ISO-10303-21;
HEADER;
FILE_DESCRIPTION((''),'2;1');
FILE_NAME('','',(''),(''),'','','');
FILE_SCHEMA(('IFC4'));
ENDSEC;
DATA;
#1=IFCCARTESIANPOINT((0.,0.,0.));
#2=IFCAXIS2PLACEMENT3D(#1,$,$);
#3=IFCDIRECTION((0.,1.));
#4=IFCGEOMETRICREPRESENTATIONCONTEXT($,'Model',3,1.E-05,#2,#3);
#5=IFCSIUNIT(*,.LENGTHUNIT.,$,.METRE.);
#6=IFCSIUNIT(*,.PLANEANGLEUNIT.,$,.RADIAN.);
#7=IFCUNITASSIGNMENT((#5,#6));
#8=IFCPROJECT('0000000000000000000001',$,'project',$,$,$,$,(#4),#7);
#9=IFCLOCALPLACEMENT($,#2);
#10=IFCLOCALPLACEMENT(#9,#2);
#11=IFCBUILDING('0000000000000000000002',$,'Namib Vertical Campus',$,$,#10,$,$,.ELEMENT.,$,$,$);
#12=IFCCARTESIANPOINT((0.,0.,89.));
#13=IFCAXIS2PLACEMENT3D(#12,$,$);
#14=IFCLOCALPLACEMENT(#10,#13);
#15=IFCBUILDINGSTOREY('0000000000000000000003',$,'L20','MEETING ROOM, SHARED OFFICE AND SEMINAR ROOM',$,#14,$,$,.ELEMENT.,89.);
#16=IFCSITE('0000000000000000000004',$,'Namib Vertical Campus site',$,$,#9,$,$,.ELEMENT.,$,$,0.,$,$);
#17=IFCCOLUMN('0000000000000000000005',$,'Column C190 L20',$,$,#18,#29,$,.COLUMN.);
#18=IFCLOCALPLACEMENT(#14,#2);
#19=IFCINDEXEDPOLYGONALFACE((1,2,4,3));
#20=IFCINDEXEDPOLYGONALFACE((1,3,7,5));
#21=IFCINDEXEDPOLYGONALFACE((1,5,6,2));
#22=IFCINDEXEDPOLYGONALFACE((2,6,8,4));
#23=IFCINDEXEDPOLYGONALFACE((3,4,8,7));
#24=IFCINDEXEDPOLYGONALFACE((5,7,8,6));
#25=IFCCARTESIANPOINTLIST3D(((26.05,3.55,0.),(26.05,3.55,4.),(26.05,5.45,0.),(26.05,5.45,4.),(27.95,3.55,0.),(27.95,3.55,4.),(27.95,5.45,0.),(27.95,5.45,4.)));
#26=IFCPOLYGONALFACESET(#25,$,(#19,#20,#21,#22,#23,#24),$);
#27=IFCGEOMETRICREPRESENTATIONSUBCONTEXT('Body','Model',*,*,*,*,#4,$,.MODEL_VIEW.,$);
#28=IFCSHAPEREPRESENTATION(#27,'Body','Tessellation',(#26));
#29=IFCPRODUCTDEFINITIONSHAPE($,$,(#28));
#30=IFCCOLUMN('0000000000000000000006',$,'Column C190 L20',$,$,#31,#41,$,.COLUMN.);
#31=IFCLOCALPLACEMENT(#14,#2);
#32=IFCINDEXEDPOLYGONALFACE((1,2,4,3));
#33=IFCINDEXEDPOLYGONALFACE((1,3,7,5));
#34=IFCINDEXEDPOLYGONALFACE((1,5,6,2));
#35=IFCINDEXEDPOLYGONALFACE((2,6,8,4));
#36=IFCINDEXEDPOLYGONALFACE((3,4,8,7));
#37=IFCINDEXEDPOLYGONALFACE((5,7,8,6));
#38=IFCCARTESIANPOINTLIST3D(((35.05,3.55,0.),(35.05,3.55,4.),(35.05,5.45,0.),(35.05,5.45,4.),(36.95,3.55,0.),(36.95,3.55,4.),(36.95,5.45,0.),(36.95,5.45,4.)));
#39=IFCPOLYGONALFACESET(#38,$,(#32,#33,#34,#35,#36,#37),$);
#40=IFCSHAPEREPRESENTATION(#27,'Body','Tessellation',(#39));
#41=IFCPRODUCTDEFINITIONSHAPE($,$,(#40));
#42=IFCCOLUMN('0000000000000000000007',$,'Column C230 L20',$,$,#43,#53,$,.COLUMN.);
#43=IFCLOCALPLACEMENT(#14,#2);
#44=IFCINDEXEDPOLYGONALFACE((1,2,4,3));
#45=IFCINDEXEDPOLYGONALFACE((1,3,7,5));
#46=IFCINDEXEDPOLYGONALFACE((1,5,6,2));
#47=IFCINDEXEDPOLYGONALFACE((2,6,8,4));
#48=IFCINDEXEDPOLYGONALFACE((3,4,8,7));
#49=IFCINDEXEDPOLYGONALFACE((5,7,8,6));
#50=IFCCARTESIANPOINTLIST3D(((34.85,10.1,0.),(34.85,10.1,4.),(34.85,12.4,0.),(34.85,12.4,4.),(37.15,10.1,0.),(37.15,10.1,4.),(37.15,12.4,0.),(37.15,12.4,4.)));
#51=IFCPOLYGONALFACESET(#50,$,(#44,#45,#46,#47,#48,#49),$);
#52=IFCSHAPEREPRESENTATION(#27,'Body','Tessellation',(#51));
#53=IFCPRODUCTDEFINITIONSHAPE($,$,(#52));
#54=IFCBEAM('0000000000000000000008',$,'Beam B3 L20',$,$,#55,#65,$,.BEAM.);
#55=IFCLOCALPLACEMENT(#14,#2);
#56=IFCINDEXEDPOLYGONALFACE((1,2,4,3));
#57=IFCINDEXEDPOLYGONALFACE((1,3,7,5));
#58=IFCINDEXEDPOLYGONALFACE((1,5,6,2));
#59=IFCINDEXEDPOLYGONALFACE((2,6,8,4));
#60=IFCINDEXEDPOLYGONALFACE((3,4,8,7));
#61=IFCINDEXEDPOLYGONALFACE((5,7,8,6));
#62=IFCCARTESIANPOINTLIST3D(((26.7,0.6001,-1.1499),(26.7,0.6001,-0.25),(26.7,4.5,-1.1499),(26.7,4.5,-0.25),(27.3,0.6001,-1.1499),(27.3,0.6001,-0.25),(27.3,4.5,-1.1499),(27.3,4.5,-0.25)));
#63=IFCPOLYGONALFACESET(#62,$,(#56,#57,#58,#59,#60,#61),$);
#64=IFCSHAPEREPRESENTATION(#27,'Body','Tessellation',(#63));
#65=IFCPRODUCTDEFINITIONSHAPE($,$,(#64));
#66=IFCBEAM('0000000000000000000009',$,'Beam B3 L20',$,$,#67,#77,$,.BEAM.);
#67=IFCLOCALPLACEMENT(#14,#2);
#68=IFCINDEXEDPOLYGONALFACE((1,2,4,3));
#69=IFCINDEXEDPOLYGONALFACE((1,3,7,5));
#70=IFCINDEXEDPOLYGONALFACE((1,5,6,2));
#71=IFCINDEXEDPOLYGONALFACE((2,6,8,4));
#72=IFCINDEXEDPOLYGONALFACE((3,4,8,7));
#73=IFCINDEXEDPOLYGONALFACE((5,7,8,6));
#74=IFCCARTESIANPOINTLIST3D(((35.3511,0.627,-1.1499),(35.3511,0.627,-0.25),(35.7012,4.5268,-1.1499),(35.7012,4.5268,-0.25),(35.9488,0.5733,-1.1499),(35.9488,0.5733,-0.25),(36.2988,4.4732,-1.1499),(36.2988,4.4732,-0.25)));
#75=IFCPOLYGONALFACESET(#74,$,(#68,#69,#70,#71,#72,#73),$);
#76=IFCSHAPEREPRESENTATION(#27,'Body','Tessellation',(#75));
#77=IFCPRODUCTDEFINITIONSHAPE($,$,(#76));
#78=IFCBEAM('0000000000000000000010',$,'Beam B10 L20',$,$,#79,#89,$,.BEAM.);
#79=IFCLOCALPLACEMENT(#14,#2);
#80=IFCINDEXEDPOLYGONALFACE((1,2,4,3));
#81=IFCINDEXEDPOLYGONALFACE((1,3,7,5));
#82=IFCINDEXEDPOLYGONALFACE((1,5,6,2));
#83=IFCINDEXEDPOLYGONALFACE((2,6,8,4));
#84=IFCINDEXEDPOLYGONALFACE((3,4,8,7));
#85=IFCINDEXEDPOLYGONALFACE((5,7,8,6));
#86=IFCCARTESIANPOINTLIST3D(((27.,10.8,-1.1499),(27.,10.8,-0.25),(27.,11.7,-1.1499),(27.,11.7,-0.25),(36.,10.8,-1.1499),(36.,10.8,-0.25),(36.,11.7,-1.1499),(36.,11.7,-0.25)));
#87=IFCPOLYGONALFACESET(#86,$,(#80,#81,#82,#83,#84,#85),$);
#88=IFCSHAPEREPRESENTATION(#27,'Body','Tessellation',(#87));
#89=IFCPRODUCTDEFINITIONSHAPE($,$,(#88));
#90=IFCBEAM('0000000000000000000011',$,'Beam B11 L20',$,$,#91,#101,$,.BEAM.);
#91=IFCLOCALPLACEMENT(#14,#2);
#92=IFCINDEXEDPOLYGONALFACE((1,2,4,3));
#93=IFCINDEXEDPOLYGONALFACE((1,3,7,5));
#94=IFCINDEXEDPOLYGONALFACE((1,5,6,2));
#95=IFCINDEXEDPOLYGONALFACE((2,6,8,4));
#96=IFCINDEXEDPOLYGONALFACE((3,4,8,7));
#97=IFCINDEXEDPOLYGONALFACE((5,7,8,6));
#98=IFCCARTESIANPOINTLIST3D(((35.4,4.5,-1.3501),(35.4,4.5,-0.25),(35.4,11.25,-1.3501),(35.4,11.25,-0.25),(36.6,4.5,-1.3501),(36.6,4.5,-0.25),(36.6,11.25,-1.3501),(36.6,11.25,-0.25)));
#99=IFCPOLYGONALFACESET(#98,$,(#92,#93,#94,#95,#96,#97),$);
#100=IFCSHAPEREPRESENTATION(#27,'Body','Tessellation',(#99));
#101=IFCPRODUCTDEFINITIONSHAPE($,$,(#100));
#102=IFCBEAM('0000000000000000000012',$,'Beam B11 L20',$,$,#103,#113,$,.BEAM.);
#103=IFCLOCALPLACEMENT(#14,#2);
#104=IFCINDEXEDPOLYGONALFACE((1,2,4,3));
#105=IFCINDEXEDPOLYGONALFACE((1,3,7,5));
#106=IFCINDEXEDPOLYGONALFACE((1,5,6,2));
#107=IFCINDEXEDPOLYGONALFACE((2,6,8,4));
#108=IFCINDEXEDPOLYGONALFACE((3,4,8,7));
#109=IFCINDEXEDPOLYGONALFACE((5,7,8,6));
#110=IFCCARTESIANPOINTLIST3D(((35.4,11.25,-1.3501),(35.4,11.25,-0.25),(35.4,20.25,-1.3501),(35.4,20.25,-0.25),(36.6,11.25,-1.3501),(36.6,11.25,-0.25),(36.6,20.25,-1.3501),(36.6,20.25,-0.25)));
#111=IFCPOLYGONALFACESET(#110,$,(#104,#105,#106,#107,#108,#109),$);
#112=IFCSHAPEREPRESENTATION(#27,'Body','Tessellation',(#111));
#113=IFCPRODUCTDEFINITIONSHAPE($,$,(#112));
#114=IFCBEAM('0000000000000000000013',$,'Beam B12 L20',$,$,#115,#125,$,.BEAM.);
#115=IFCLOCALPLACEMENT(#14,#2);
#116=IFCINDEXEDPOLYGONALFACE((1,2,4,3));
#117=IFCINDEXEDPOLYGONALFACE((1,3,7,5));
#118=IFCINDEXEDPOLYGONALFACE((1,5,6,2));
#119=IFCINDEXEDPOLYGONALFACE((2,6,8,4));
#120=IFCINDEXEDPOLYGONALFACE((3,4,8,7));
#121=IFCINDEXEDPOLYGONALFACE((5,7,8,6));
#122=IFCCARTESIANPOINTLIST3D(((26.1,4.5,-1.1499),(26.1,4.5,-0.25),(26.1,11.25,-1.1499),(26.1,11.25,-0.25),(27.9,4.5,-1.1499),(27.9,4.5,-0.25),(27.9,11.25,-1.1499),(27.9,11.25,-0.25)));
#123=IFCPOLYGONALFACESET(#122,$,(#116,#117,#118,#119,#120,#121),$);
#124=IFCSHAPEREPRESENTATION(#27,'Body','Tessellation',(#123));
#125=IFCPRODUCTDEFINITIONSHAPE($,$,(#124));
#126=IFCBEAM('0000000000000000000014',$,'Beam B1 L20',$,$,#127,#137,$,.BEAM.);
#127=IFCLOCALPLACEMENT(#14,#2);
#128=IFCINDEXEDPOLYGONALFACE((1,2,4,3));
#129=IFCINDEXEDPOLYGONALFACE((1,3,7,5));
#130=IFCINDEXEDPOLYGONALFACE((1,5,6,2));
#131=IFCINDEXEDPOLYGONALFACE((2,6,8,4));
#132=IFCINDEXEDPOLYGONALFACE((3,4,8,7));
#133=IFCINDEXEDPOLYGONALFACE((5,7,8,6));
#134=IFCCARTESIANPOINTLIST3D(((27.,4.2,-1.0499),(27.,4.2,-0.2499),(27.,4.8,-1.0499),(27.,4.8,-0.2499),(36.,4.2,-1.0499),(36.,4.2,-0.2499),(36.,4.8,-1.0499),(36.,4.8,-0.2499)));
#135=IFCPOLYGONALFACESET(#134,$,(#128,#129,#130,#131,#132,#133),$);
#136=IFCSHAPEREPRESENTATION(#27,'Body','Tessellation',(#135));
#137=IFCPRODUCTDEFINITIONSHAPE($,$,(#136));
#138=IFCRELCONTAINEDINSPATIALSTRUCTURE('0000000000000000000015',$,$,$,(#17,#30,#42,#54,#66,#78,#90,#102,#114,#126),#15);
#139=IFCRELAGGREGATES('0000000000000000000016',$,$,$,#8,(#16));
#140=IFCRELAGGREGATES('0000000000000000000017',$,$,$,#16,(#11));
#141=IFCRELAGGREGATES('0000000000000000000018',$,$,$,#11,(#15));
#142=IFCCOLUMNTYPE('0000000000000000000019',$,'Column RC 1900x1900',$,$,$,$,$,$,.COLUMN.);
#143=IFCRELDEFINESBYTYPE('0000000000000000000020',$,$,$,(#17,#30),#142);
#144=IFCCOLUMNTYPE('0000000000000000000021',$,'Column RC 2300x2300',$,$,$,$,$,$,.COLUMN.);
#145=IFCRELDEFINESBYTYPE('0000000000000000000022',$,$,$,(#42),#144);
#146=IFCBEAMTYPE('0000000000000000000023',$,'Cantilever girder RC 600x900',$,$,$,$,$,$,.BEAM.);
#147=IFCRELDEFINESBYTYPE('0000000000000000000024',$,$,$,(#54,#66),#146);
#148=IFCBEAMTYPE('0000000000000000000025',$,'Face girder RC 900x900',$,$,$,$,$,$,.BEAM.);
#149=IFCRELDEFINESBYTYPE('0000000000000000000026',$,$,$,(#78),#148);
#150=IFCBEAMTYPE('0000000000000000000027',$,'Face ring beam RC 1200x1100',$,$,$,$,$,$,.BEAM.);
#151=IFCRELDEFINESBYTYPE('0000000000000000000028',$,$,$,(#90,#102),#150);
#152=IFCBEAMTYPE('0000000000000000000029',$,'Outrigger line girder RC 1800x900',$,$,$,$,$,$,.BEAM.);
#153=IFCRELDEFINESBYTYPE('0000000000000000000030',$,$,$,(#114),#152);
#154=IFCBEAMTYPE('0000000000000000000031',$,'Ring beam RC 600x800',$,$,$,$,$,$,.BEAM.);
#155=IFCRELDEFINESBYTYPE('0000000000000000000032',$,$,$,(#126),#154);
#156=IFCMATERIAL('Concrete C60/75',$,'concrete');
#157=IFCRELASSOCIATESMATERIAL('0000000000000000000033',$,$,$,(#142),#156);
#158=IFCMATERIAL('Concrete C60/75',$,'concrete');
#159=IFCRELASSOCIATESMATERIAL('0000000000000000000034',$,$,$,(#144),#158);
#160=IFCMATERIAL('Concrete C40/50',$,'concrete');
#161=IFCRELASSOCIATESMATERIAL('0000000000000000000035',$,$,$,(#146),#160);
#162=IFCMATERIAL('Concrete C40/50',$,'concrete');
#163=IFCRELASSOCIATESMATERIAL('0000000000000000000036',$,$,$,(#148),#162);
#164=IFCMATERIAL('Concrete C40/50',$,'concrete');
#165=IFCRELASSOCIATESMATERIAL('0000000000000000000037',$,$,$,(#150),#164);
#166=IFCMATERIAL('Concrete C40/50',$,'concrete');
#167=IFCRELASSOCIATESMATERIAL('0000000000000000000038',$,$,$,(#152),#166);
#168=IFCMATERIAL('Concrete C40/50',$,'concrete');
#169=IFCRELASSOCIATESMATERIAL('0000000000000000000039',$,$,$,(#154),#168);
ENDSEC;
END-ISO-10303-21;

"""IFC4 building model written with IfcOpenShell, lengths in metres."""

from ifc_helpers import new_model, si_unit, direction, frame, origin, origin_2d, place, context, subcontext, project, spatial, rectangle, extrude, material, material_profile, profile_set, type_object, element, save


model = new_model("IFC4")

# Units and contexts
model_context = context("Model", 3, precision=1e-05, world=origin(), true_north=direction((0.0, 1.0)))
body_context = subcontext(model_context, "Body", "Model", "MODEL_VIEW")
ifc_project = project(units=[si_unit("LENGTHUNIT", "METRE"), si_unit("PLANEANGLEUNIT", "RADIAN")], contexts=[model_context])

# Site, building, storey
site_placement = place(None, origin())
site = spatial("IfcSite", under=ifc_project, at=site_placement, Name="Namib Vertical Campus site", CompositionType="ELEMENT", RefElevation=0.0)
building_placement = place(site_placement, origin())
building = spatial("IfcBuilding", under=site, at=building_placement, Name="Namib Vertical Campus", CompositionType="ELEMENT")
storey_placement = place(building_placement, frame((0.0, 0.0, 89.0)))
storey = spatial("IfcBuildingStorey", under=building, at=storey_placement, Name="L20", Description="MEETING ROOM, SHARED OFFICE AND SEMINAR ROOM", CompositionType="ELEMENT", Elevation=89.0)

# Columns
ifc_material_1 = material(Name="Concrete C60/75", Category="concrete")
ifc_material_profile_1 = material_profile(ifc_material_1, rectangle(XDim=1.8999, YDim=1.8999, at=origin_2d()))
ifc_profile_set_1 = profile_set([ifc_material_profile_1], Name="Concrete C60/75")
column_type_1 = type_object("IfcColumnType", Name="Column RC 1900x1900", PredefinedType="COLUMN", material=ifc_profile_set_1)
for number, where, z_axis, x_axis, name in (
    (1, (27.0, 4.5, 0.0), (0.0, 0.0, 1.0), (1.0, 0.0, 0.0), "Column C190 L20"),
    (2, (36.0, 4.5, 0.0), (0.0, 0.0, 1.0), (1.0, 0.0, 0.0), "Column C190 L20"),
):
    element("IfcColumn", number, at=place(storey_placement, frame(where, z_axis=z_axis, x_axis=x_axis)), inside=storey, type_object=column_type_1, Name=name, PredefinedType="COLUMN", context=body_context, shape_type="SweptSolid", body=[
        extrude(rectangle(XDim=1.8999, YDim=1.8999, at=origin_2d()), origin(), (0.0, 0.0, 1.0), 4.0),
    ])
ifc_material_2 = material(Name="Concrete C60/75", Category="concrete")
ifc_material_profile_2 = material_profile(ifc_material_2, rectangle(XDim=2.3, YDim=2.3, at=origin_2d()))
ifc_profile_set_2 = profile_set([ifc_material_profile_2], Name="Concrete C60/75")
column_type_2 = type_object("IfcColumnType", Name="Column RC 2300x2300", PredefinedType="COLUMN", material=ifc_profile_set_2)
column_placement = place(storey_placement, frame((36.0, 11.25, 0.0), z_axis=(0.0, 0.0, 1.0), x_axis=(1.0, 0.0, 0.0)))
element("IfcColumn", 3, at=column_placement, inside=storey, type_object=column_type_2, Name="Column C230 L20", PredefinedType="COLUMN", context=body_context, shape_type="SweptSolid", body=[
    extrude(rectangle(XDim=2.3, YDim=2.3, at=origin_2d()), origin(), (0.0, 0.0, 1.0), 4.0),
])

# Beams
ifc_material_3 = material(Name="Concrete C40/50", Category="concrete")
ifc_material_profile_3 = material_profile(ifc_material_3, rectangle(XDim=0.6001, YDim=0.8999, at=origin_2d()))
ifc_profile_set_3 = profile_set([ifc_material_profile_3], Name="Concrete C40/50")
beam_type_1 = type_object("IfcBeamType", Name="Cantilever girder RC 600x900", PredefinedType="BEAM", material=ifc_profile_set_3)
beam_1_placement = place(storey_placement, frame((27.0, 4.5, -0.7), z_axis=(0.0, -1.0, 0.0), x_axis=(1.0, 0.0, 0.0)))
element("IfcBeam", 4, at=beam_1_placement, inside=storey, type_object=beam_type_1, Name="Beam B3 L20", PredefinedType="BEAM", context=body_context, shape_type="SweptSolid", body=[
    extrude(rectangle(XDim=0.6001, YDim=0.8999, at=origin_2d()), origin(), (0.0, 0.0, 1.0), 3.8999),
])
beam_2_placement = place(storey_placement, frame((36.0, 4.5, -0.7), z_axis=(-0.089411, -0.995995, 0.0), x_axis=(0.995995, -0.089411, 0.0)))
element("IfcBeam", 5, at=beam_2_placement, inside=storey, type_object=beam_type_1, Name="Beam B3 L20", PredefinedType="BEAM", context=body_context, shape_type="SweptSolid", body=[
    extrude(rectangle(XDim=0.6001, YDim=0.8999, at=origin_2d()), origin(), (0.0, 0.0, 1.0), 3.9155),
])
ifc_material_4 = material(Name="Concrete C40/50", Category="concrete")
ifc_material_profile_4 = material_profile(ifc_material_4, rectangle(XDim=0.8999, YDim=0.8999, at=origin_2d()))
ifc_profile_set_4 = profile_set([ifc_material_profile_4], Name="Concrete C40/50")
beam_type_2 = type_object("IfcBeamType", Name="Face girder RC 900x900", PredefinedType="BEAM", material=ifc_profile_set_4)
beam_3_placement = place(storey_placement, frame((36.0, 11.25, -0.7), z_axis=(-1.0, 0.0, 0.0), x_axis=(0.0, -1.0, 0.0)))
element("IfcBeam", 6, at=beam_3_placement, inside=storey, type_object=beam_type_2, Name="Beam B10 L20", PredefinedType="BEAM", context=body_context, shape_type="SweptSolid", body=[
    extrude(rectangle(XDim=0.8999, YDim=0.8999, at=origin_2d()), origin(), (0.0, 0.0, 1.0), 9.0),
])
ifc_material_5 = material(Name="Concrete C40/50", Category="concrete")
ifc_material_profile_5 = material_profile(ifc_material_5, rectangle(XDim=1.2, YDim=1.1001, at=origin_2d()))
ifc_profile_set_5 = profile_set([ifc_material_profile_5], Name="Concrete C40/50")
beam_type_3 = type_object("IfcBeamType", Name="Face ring beam RC 1200x1100", PredefinedType="BEAM", material=ifc_profile_set_5)
beam_4_placement = place(storey_placement, frame((36.0, 4.5, -0.8), z_axis=(0.0, 1.0, 0.0), x_axis=(-1.0, 0.0, 0.0)))
element("IfcBeam", 7, at=beam_4_placement, inside=storey, type_object=beam_type_3, Name="Beam B11 L20", PredefinedType="BEAM", context=body_context, shape_type="SweptSolid", body=[
    extrude(rectangle(XDim=1.2, YDim=1.1001, at=origin_2d()), origin(), (0.0, 0.0, 1.0), 6.75),
])
beam_5_placement = place(storey_placement, frame((36.0, 11.25, -0.8), z_axis=(0.0, 1.0, 0.0), x_axis=(-1.0, 0.0, 0.0)))
element("IfcBeam", 8, at=beam_5_placement, inside=storey, type_object=beam_type_3, Name="Beam B11 L20", PredefinedType="BEAM", context=body_context, shape_type="SweptSolid", body=[
    extrude(rectangle(XDim=1.2, YDim=1.1001, at=origin_2d()), origin(), (0.0, 0.0, 1.0), 9.0),
])
ifc_material_6 = material(Name="Concrete C40/50", Category="concrete")
ifc_material_profile_6 = material_profile(ifc_material_6, rectangle(XDim=1.8, YDim=0.8999, at=origin_2d()))
ifc_profile_set_6 = profile_set([ifc_material_profile_6], Name="Concrete C40/50")
beam_type_4 = type_object("IfcBeamType", Name="Outrigger line girder RC 1800x900", PredefinedType="BEAM", material=ifc_profile_set_6)
beam_6_placement = place(storey_placement, frame((27.0, 4.5, -0.7), z_axis=(0.0, 1.0, 0.0), x_axis=(-1.0, 0.0, 0.0)))
element("IfcBeam", 9, at=beam_6_placement, inside=storey, type_object=beam_type_4, Name="Beam B12 L20", PredefinedType="BEAM", context=body_context, shape_type="SweptSolid", body=[
    extrude(rectangle(XDim=1.8, YDim=0.8999, at=origin_2d()), origin(), (0.0, 0.0, 1.0), 6.75),
])
ifc_material_7 = material(Name="Concrete C40/50", Category="concrete")
ifc_material_profile_7 = material_profile(ifc_material_7, rectangle(XDim=0.6001, YDim=0.8, at=origin_2d()))
ifc_profile_set_7 = profile_set([ifc_material_profile_7], Name="Concrete C40/50")
beam_type_5 = type_object("IfcBeamType", Name="Ring beam RC 600x800", PredefinedType="BEAM", material=ifc_profile_set_7)
beam_7_placement = place(storey_placement, frame((27.0, 4.5, -0.6499), z_axis=(1.0, 0.0, 0.0), x_axis=(0.0, 1.0, 0.0)))
element("IfcBeam", 10, at=beam_7_placement, inside=storey, type_object=beam_type_5, Name="Beam B1 L20", PredefinedType="BEAM", context=body_context, shape_type="SweptSolid", body=[
    extrude(rectangle(XDim=0.6001, YDim=0.8, at=origin_2d()), origin(), (0.0, 0.0, 1.0), 9.0),
])

save(model, "model.ifc")
